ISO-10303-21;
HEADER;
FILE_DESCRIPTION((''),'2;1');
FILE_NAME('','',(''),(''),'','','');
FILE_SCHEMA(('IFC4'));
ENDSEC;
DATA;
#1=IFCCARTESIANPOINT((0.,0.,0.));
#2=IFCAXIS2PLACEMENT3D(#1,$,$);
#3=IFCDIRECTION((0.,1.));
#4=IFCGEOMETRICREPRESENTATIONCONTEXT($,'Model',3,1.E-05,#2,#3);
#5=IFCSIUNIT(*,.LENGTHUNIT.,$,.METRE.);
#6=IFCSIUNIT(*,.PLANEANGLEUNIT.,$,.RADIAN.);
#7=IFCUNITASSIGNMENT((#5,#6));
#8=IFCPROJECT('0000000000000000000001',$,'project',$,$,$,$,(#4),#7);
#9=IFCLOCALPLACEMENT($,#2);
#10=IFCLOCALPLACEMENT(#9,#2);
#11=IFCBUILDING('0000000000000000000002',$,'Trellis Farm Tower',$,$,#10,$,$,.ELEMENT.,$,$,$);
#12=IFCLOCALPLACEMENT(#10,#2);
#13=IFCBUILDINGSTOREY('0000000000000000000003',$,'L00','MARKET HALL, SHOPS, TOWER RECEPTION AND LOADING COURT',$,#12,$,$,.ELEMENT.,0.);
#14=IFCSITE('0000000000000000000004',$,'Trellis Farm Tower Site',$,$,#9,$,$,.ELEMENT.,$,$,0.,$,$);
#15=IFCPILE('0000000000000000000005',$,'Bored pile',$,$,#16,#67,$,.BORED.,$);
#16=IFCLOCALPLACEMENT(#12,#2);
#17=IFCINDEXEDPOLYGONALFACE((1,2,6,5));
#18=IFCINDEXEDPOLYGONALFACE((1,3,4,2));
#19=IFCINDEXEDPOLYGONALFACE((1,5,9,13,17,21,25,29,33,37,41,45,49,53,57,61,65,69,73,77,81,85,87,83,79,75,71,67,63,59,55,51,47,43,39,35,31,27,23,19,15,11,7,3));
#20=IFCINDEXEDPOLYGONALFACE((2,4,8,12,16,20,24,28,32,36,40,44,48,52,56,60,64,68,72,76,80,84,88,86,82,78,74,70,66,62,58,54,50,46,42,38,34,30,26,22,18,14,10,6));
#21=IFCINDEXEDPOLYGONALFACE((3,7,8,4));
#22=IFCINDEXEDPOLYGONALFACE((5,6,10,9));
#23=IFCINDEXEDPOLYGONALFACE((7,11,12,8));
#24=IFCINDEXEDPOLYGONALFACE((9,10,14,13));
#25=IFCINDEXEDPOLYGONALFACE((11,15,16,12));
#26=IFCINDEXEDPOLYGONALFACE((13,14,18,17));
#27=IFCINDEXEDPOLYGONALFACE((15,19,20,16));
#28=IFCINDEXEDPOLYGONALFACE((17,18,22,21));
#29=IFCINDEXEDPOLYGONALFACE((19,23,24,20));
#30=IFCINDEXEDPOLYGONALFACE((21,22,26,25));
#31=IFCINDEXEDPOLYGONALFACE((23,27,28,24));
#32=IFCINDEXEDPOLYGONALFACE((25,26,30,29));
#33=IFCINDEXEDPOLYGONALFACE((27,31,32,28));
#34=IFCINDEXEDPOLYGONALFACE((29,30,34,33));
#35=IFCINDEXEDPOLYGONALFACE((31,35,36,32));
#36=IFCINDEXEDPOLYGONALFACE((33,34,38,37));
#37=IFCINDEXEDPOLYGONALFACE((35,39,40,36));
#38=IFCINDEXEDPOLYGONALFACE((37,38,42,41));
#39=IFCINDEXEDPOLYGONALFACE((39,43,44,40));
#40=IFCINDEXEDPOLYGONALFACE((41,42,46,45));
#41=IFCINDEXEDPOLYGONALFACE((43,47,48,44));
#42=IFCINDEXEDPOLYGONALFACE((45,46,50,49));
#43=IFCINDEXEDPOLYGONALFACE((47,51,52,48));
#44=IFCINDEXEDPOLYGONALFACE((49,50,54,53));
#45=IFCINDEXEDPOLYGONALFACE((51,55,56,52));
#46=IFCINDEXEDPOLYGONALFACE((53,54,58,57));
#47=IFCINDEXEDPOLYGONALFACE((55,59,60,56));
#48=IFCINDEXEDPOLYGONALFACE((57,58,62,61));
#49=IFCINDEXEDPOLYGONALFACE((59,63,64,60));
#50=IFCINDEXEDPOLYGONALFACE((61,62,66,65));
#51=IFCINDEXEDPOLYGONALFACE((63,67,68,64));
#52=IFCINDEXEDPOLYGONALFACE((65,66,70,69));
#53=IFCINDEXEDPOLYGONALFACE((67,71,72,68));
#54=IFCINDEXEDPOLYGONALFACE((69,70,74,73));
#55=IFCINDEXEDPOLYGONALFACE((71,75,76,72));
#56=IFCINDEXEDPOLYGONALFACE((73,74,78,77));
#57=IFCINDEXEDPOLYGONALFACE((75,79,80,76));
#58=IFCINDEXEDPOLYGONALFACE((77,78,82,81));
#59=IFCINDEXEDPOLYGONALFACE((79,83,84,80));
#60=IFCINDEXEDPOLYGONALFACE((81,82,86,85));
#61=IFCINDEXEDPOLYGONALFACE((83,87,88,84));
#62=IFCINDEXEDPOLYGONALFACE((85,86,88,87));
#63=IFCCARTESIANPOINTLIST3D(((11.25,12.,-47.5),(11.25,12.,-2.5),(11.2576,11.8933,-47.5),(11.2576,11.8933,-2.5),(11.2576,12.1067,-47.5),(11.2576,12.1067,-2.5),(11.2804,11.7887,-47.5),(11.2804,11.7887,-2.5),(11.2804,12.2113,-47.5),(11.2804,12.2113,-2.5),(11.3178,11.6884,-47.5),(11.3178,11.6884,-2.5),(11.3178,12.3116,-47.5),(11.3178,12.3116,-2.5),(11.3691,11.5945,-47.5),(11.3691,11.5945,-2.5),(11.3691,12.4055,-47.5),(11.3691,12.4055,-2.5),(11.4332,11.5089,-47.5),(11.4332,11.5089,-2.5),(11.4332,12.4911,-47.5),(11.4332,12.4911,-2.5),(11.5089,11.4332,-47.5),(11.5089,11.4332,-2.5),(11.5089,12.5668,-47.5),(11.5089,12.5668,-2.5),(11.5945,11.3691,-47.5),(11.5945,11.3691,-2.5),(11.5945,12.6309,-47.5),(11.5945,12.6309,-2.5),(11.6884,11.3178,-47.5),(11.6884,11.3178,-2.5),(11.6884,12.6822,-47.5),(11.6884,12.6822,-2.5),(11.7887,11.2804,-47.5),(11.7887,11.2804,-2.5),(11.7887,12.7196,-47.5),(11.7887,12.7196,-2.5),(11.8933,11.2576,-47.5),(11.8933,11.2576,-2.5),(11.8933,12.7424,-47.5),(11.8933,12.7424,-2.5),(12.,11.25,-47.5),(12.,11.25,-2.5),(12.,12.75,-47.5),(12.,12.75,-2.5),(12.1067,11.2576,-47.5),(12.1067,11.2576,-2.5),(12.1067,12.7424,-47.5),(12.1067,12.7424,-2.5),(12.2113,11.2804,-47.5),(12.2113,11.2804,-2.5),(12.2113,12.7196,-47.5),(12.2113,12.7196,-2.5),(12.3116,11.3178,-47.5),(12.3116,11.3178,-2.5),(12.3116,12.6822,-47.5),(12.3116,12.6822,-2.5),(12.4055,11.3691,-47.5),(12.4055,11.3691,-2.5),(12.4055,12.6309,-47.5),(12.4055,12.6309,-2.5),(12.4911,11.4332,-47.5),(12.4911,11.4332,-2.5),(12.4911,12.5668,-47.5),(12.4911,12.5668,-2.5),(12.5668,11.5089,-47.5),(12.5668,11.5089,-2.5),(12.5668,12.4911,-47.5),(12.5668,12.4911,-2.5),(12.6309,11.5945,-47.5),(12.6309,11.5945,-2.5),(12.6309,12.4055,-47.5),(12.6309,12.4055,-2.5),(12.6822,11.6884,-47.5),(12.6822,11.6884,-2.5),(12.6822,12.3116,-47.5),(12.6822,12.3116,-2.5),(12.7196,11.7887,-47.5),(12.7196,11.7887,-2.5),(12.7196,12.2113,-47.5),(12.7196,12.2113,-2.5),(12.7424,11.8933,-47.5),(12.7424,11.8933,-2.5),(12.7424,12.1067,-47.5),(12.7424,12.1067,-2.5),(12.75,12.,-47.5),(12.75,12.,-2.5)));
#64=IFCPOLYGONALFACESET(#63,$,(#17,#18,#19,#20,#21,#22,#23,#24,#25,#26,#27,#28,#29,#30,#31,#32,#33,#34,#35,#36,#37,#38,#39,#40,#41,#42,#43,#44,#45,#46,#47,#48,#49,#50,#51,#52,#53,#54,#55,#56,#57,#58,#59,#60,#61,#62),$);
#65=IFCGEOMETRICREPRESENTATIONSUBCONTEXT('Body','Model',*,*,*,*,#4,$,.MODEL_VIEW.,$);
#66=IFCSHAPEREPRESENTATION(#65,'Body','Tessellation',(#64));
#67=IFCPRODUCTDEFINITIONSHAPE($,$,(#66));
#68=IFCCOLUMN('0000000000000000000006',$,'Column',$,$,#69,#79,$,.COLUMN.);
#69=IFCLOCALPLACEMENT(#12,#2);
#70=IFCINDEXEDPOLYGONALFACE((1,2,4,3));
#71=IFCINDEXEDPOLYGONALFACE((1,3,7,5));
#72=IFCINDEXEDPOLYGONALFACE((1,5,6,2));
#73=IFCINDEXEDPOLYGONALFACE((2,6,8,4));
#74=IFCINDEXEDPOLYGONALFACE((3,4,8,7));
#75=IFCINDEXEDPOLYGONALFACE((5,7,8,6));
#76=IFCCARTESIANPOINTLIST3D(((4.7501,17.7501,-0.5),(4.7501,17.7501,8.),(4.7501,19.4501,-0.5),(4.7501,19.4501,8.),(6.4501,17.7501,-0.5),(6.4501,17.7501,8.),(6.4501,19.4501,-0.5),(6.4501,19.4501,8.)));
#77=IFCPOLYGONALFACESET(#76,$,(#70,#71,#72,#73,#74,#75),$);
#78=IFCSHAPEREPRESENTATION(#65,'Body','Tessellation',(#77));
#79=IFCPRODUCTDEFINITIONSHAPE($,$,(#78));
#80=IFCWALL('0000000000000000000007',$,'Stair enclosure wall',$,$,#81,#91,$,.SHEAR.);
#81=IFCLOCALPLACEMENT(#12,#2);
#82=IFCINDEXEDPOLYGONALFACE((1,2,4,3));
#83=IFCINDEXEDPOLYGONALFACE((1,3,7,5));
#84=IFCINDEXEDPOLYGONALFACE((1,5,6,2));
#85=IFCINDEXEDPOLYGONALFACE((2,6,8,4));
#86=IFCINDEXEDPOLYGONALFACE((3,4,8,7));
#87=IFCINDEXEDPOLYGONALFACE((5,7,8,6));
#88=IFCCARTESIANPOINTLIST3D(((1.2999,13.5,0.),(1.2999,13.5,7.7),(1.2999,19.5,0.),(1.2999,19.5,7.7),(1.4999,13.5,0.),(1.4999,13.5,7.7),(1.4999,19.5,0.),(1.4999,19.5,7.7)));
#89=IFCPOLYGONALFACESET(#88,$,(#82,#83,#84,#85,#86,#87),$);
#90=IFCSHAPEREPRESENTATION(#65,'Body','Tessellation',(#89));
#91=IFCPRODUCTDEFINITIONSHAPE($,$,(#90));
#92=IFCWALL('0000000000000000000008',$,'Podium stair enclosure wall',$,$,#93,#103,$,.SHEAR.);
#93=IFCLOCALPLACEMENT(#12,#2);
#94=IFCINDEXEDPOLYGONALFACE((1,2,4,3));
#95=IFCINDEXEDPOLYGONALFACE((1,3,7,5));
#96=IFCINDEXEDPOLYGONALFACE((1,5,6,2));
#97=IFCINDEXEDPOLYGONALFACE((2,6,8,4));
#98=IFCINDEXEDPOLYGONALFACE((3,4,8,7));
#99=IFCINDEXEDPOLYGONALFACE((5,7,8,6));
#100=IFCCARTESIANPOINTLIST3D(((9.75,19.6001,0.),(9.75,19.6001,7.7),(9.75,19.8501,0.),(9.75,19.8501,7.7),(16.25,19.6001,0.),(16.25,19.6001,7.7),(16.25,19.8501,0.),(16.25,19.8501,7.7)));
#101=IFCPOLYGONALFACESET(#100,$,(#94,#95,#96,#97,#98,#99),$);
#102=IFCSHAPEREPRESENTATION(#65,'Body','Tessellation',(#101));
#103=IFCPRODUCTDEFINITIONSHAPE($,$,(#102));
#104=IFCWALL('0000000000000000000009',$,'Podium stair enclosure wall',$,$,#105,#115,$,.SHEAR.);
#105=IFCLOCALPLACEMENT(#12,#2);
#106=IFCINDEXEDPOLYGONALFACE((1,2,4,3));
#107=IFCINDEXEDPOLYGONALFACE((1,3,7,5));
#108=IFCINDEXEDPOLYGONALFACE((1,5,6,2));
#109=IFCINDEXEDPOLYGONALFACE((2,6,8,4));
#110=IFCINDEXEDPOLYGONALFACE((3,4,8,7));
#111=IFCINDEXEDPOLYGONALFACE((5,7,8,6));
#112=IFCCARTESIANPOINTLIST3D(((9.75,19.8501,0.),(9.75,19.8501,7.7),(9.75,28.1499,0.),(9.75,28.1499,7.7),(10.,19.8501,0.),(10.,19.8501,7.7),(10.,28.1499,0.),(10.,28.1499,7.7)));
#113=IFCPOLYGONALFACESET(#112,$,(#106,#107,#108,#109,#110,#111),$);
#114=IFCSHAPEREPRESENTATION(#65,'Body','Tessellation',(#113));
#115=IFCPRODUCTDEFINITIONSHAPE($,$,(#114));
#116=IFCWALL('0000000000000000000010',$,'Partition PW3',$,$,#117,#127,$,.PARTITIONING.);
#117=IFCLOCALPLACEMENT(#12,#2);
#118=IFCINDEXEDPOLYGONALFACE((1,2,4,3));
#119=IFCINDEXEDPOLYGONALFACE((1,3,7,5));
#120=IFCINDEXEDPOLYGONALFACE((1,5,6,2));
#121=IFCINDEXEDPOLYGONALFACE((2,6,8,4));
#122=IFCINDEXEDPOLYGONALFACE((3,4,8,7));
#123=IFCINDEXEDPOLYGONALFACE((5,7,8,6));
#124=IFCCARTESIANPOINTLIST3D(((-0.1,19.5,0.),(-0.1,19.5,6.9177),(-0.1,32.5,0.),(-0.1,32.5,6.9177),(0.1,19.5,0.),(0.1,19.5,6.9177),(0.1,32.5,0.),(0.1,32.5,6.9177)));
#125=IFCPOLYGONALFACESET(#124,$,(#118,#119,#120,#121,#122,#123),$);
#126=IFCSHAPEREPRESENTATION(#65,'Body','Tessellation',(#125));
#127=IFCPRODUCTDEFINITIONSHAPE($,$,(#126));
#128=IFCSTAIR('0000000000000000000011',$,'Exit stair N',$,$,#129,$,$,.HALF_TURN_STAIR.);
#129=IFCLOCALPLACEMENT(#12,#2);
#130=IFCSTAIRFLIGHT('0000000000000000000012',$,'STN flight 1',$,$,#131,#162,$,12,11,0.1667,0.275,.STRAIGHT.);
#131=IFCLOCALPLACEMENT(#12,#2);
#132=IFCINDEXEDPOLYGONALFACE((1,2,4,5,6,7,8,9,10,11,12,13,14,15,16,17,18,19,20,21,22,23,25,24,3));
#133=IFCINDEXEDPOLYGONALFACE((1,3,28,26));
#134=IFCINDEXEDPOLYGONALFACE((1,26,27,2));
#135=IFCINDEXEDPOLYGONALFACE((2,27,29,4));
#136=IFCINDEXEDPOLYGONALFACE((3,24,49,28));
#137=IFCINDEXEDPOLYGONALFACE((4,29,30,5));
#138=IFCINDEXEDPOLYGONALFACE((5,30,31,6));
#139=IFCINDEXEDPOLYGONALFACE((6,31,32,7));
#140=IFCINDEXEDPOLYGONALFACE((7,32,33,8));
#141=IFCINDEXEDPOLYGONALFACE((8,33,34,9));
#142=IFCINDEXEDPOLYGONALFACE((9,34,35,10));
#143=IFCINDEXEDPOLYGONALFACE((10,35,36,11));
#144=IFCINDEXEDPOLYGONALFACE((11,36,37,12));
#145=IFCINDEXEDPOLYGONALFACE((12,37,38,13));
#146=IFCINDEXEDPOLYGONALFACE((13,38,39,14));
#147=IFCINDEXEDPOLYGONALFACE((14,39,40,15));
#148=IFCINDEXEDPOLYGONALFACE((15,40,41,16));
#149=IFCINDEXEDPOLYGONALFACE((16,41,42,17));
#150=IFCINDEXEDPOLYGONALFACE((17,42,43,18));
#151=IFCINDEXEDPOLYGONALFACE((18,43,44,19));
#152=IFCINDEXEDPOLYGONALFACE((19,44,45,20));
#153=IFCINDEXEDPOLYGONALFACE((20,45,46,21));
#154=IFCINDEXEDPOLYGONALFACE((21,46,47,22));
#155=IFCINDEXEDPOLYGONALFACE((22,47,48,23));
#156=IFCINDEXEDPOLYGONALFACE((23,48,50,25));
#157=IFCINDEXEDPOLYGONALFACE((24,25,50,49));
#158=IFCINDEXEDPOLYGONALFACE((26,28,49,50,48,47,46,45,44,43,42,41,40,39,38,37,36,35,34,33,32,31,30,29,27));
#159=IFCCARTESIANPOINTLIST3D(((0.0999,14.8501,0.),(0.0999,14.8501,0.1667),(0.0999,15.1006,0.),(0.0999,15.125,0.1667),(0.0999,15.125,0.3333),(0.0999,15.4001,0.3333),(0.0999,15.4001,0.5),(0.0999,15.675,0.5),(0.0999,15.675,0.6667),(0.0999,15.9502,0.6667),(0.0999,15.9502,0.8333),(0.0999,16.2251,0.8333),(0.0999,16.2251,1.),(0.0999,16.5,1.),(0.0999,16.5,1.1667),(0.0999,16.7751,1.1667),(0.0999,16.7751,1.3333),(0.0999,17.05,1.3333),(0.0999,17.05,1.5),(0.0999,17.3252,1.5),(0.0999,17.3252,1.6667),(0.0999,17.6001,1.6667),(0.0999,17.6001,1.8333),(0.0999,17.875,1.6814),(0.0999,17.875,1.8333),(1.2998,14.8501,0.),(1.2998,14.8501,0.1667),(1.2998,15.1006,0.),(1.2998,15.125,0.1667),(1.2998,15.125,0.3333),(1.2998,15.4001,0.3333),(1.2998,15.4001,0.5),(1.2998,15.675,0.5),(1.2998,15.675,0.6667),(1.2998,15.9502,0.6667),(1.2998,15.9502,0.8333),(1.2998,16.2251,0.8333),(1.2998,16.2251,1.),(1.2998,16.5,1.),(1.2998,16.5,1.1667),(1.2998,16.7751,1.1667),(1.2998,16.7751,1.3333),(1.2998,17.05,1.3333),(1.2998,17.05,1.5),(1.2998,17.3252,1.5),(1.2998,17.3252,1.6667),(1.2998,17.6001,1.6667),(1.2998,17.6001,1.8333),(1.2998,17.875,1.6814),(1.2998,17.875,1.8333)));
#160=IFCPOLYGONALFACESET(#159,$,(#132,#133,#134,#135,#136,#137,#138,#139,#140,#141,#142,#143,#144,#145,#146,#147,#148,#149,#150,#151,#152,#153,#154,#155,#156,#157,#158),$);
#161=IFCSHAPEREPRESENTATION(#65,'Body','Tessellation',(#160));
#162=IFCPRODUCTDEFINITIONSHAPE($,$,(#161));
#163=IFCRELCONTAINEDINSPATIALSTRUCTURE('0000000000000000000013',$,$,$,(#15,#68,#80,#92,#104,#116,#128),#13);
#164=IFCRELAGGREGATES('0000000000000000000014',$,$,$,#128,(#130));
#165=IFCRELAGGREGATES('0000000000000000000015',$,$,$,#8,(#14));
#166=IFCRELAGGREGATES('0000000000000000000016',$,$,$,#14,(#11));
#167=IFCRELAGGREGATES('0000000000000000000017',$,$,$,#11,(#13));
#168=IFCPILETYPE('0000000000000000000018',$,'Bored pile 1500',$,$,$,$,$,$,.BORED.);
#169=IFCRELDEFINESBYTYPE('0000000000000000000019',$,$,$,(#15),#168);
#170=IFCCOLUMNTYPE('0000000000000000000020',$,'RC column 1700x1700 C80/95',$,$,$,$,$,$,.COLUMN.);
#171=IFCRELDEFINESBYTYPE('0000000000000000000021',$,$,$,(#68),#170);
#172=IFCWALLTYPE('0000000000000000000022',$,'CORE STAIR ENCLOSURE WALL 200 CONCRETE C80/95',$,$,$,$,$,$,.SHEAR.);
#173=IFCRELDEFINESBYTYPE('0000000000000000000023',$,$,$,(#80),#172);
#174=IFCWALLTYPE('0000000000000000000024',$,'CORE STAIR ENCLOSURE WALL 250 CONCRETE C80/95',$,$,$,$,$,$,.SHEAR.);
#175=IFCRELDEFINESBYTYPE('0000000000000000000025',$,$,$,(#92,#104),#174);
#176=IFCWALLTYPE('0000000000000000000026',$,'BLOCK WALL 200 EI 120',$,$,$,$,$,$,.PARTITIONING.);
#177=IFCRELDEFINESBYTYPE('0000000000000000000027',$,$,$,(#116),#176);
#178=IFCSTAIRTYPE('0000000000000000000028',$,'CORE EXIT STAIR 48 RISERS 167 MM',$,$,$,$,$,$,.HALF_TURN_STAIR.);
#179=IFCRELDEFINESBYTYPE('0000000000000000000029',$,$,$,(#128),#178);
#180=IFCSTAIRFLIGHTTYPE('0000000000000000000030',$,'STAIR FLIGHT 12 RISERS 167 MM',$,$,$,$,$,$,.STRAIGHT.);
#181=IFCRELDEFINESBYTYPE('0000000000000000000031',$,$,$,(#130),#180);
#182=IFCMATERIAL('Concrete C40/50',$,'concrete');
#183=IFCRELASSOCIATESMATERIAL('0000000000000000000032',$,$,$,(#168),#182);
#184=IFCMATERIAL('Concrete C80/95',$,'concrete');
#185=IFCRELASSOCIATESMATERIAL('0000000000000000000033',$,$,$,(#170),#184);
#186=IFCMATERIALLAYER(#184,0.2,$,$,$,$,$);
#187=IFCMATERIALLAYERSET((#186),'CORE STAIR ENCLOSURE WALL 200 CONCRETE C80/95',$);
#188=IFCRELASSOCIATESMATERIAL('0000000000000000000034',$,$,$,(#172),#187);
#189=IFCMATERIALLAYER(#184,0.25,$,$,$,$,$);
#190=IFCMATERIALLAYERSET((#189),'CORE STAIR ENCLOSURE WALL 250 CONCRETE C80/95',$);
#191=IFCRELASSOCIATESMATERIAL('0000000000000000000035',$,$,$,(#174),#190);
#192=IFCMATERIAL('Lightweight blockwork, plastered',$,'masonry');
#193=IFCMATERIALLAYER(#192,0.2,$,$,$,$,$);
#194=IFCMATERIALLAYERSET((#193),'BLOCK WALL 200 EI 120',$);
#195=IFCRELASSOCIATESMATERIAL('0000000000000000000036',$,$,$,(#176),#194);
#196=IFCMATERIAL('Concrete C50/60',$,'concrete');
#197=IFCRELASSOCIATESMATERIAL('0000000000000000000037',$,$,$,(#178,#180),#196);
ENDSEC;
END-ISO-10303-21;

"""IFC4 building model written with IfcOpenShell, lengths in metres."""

from ifc_helpers import new_model, si_unit, direction, frame, frame_2d, origin, origin_2d, place, context, subcontext, project, spatial, polyline, rectangle, circle, outline, extrude, source, transform, mapped, material, layer, layer_set, material_profile, profile_set, type_object, element, aggregate, save


model = new_model("IFC4")

# Units and contexts
model_context = context("Model", 3, precision=1e-05, world=origin(), true_north=direction((0.0, 1.0)))
body_context = subcontext(model_context, "Body", "Model", "MODEL_VIEW")
ifc_project = project(units=[si_unit("LENGTHUNIT", "METRE"), si_unit("PLANEANGLEUNIT", "RADIAN")], contexts=[model_context])

# Site, building, storey
site_placement = place(None, origin())
site = spatial("IfcSite", under=ifc_project, at=site_placement, Name="Trellis Farm Tower Site", CompositionType="ELEMENT", RefElevation=0.0)
building_placement = place(site_placement, origin())
building = spatial("IfcBuilding", under=site, at=building_placement, Name="Trellis Farm Tower", CompositionType="ELEMENT")
storey_placement = place(building_placement, origin())
storey = spatial("IfcBuildingStorey", under=building, at=storey_placement, Name="L00", Description="MARKET HALL, SHOPS, TOWER RECEPTION AND LOADING COURT", CompositionType="ELEMENT", Elevation=0.0)

# Pile
ifc_material_1 = material(Name="Concrete C40/50", Category="concrete")
ifc_material_profile_1 = material_profile(ifc_material_1, circle(Radius=0.75, at=origin_2d()), Name="Bored pile 1500")
ifc_profile_set_1 = profile_set([ifc_material_profile_1], Name="Concrete C40/50")
pile_type = type_object("IfcPileType", Name="Bored pile 1500", PredefinedType="BORED", material=ifc_profile_set_1)
shared_shape_1 = source(origin(), body_context, "Body", "SweptSolid", [
    extrude(circle(Radius=0.75, at=origin_2d()), origin(), (0.0, 0.0, 1.0), 45.0),
])
for number, where, z_axis, x_axis, name in (
    (1, (12.0, 12.0, -2.5), (0.0, 0.0, -1.0), (1.0, 0.0, 0.0), "Bored pile"),
):
    element("IfcPile", number, at=place(storey_placement, frame(where, z_axis=z_axis, x_axis=x_axis)), inside=storey, type_object=pile_type, Name=name, PredefinedType="BORED", context=body_context, shape_type="MappedRepresentation", body=[
        mapped(shared_shape_1, transform((0.0, 0.0, 0.0))),
    ])

# Column
ifc_material_2 = material(Name="Concrete C80/95", Category="concrete")
ifc_material_profile_2 = material_profile(ifc_material_2, rectangle(XDim=1.7, YDim=1.7, at=origin_2d()), Name="RC column 1700x1700 C80/95")
ifc_profile_set_2 = profile_set([ifc_material_profile_2], Name="Concrete C80/95")
column_type = type_object("IfcColumnType", Name="RC column 1700x1700 C80/95", PredefinedType="COLUMN", material=ifc_profile_set_2)
shared_shape_2 = source(origin(), body_context, "Body", "SweptSolid", [
    extrude(rectangle(XDim=1.7, YDim=1.7, at=origin_2d()), origin(), (0.0, 0.0, 1.0), 8.5),
])
column_placement = place(storey_placement, frame((5.6001, 18.6001, -0.5), z_axis=(0.0, 0.0, 1.0), x_axis=(1.0, 0.0, 0.0)))
element("IfcColumn", 2, at=column_placement, inside=storey, type_object=column_type, Name="Column", PredefinedType="COLUMN", context=body_context, shape_type="MappedRepresentation", body=[
    mapped(shared_shape_2, transform((0.0, 0.0, 0.0))),
])

# Walls
ifc_layer_1 = layer(ifc_material_2, 0.2)
ifc_layer_set_1 = layer_set([ifc_layer_1], Name="CORE STAIR ENCLOSURE WALL 200 CONCRETE C80/95")
wall_type_1 = type_object("IfcWallType", Name="CORE STAIR ENCLOSURE WALL 200 CONCRETE C80/95", PredefinedType="SHEAR", material=ifc_layer_set_1)
shared_shape_3 = source(origin(), body_context, "Body", "SweptSolid", [
    extrude(rectangle(XDim=6.0, YDim=0.2, at=frame_2d((3.0, 0.0))), origin(), (0.0, 0.0, 1.0), 7.7),
])
wall_1_placement = place(storey_placement, frame((1.3999, 13.5, 0.0), z_axis=(0.0, 0.0, 1.0), x_axis=(0.0, 1.0, 0.0)))
element("IfcWall", 3, at=wall_1_placement, inside=storey, type_object=wall_type_1, Name="Stair enclosure wall", PredefinedType="SHEAR", context=body_context, shape_type="MappedRepresentation", body=[
    mapped(shared_shape_3, transform((0.0, 0.0, 0.0))),
])
ifc_layer_2 = layer(ifc_material_2, 0.25)
ifc_layer_set_2 = layer_set([ifc_layer_2], Name="CORE STAIR ENCLOSURE WALL 250 CONCRETE C80/95")
wall_type_2 = type_object("IfcWallType", Name="CORE STAIR ENCLOSURE WALL 250 CONCRETE C80/95", PredefinedType="SHEAR", material=ifc_layer_set_2)
shared_shape_4 = source(origin(), body_context, "Body", "SweptSolid", [
    extrude(rectangle(XDim=6.5, YDim=0.25, at=frame_2d((3.25, 0.0))), origin(), (0.0, 0.0, 1.0), 7.7),
])
wall_2_placement = place(storey_placement, frame((9.75, 19.7251, 0.0), z_axis=(0.0, 0.0, 1.0), x_axis=(1.0, 0.0, 0.0)))
element("IfcWall", 4, at=wall_2_placement, inside=storey, type_object=wall_type_2, Name="Podium stair enclosure wall", PredefinedType="SHEAR", context=body_context, shape_type="MappedRepresentation", body=[
    mapped(shared_shape_4, transform((0.0, 0.0, 0.0))),
])
shared_shape_5 = source(origin(), body_context, "Body", "SweptSolid", [
    extrude(rectangle(XDim=8.2998, YDim=0.25, at=frame_2d((4.1499, 0.0))), origin(), (0.0, 0.0, 1.0), 7.7),
])
wall_3_placement = place(storey_placement, frame((9.875, 19.8501, 0.0), z_axis=(0.0, 0.0, 1.0), x_axis=(0.0, 1.0, 0.0)))
element("IfcWall", 5, at=wall_3_placement, inside=storey, type_object=wall_type_2, Name="Podium stair enclosure wall", PredefinedType="SHEAR", context=body_context, shape_type="MappedRepresentation", body=[
    mapped(shared_shape_5, transform((0.0, 0.0, 0.0))),
])
ifc_material_3 = material(Name="Lightweight blockwork, plastered", Category="masonry")
ifc_layer_3 = layer(ifc_material_3, 0.2)
ifc_layer_set_3 = layer_set([ifc_layer_3], Name="BLOCK WALL 200 EI 120")
wall_type_3 = type_object("IfcWallType", Name="BLOCK WALL 200 EI 120", PredefinedType="PARTITIONING", material=ifc_layer_set_3)
shared_shape_6 = source(origin(), body_context, "Body", "SweptSolid", [
    extrude(rectangle(XDim=13.0, YDim=0.2, at=frame_2d((6.5, 0.0))), origin(), (0.0, 0.0, 1.0), 6.9177),
])
wall_4_placement = place(storey_placement, frame((0.0, 19.5, 0.0), z_axis=(0.0, 0.0, 1.0), x_axis=(0.0, 1.0, 0.0)))
element("IfcWall", 6, at=wall_4_placement, inside=storey, type_object=wall_type_3, Name="Partition PW3", PredefinedType="PARTITIONING", context=body_context, shape_type="MappedRepresentation", body=[
    mapped(shared_shape_6, transform((0.0, 0.0, 0.0))),
])

# Stair, stair flight
ifc_material_4 = material(Name="Concrete C50/60", Category="concrete")
stair_type_1 = type_object("IfcStairType", Name="CORE EXIT STAIR 48 RISERS 167 MM", PredefinedType="HALF_TURN_STAIR", material=ifc_material_4)
placement = place(storey_placement, origin())
stair_1 = element("IfcStair", 7, at=placement, inside=storey, type_object=stair_type_1, Name="Exit stair N", PredefinedType="HALF_TURN_STAIR")
stair_flight_type_1 = type_object("IfcStairFlightType", Name="STAIR FLIGHT 12 RISERS 167 MM", PredefinedType="STRAIGHT", material=ifc_material_4)
shared_shape_7 = source(origin(), body_context, "Body", "SweptSolid", [
    extrude(outline(polyline([(0.0, 0.0), (0.0, 0.1667), (0.2749, 0.1667), (0.2749, 0.3333), (0.55, 0.3333), (0.55, 0.5), (0.825, 0.5), (0.825, 0.6667), (1.1001, 0.6667), (1.1001, 0.8333), (1.375, 0.8333), (1.375, 1.0), (1.6499, 1.0), (1.6499, 1.1667), (1.925, 1.1667), (1.925, 1.3333), (2.2, 1.3333), (2.2, 1.5), (2.4751, 1.5), (2.4751, 1.6667), (2.75, 1.6667), (2.75, 1.8333), (3.0249, 1.8333), (3.0249, 2.0), (3.0249, 1.6814), (0.2505, 0.0), (0.0, 0.0)])), frame((0.0, 0.6001, 0.0), z_axis=(0.0, -1.0, 0.0), x_axis=(1.0, 0.0, 0.0)), (0.0, 0.0, 1.0), 1.2),
])
stair_flight_1_placement = place(storey_placement, frame((0.7, 14.8501, 0.0), z_axis=(0.0, 0.0, 1.0), x_axis=(0.0, 1.0, 0.0)))
stair_flight_1 = element("IfcStairFlight", 8, at=stair_flight_1_placement, type_object=stair_flight_type_1, Name="STN flight 1", NumberOfRisers=12, NumberOfTreads=11, PredefinedType="STRAIGHT", RiserHeight=0.1667, TreadLength=0.275, context=body_context, shape_type="MappedRepresentation", body=[
    mapped(shared_shape_7, transform((0.0, 0.0, 0.0))),
])
aggregate(stair_1, [stair_flight_1])

save(model, "model.ifc")
